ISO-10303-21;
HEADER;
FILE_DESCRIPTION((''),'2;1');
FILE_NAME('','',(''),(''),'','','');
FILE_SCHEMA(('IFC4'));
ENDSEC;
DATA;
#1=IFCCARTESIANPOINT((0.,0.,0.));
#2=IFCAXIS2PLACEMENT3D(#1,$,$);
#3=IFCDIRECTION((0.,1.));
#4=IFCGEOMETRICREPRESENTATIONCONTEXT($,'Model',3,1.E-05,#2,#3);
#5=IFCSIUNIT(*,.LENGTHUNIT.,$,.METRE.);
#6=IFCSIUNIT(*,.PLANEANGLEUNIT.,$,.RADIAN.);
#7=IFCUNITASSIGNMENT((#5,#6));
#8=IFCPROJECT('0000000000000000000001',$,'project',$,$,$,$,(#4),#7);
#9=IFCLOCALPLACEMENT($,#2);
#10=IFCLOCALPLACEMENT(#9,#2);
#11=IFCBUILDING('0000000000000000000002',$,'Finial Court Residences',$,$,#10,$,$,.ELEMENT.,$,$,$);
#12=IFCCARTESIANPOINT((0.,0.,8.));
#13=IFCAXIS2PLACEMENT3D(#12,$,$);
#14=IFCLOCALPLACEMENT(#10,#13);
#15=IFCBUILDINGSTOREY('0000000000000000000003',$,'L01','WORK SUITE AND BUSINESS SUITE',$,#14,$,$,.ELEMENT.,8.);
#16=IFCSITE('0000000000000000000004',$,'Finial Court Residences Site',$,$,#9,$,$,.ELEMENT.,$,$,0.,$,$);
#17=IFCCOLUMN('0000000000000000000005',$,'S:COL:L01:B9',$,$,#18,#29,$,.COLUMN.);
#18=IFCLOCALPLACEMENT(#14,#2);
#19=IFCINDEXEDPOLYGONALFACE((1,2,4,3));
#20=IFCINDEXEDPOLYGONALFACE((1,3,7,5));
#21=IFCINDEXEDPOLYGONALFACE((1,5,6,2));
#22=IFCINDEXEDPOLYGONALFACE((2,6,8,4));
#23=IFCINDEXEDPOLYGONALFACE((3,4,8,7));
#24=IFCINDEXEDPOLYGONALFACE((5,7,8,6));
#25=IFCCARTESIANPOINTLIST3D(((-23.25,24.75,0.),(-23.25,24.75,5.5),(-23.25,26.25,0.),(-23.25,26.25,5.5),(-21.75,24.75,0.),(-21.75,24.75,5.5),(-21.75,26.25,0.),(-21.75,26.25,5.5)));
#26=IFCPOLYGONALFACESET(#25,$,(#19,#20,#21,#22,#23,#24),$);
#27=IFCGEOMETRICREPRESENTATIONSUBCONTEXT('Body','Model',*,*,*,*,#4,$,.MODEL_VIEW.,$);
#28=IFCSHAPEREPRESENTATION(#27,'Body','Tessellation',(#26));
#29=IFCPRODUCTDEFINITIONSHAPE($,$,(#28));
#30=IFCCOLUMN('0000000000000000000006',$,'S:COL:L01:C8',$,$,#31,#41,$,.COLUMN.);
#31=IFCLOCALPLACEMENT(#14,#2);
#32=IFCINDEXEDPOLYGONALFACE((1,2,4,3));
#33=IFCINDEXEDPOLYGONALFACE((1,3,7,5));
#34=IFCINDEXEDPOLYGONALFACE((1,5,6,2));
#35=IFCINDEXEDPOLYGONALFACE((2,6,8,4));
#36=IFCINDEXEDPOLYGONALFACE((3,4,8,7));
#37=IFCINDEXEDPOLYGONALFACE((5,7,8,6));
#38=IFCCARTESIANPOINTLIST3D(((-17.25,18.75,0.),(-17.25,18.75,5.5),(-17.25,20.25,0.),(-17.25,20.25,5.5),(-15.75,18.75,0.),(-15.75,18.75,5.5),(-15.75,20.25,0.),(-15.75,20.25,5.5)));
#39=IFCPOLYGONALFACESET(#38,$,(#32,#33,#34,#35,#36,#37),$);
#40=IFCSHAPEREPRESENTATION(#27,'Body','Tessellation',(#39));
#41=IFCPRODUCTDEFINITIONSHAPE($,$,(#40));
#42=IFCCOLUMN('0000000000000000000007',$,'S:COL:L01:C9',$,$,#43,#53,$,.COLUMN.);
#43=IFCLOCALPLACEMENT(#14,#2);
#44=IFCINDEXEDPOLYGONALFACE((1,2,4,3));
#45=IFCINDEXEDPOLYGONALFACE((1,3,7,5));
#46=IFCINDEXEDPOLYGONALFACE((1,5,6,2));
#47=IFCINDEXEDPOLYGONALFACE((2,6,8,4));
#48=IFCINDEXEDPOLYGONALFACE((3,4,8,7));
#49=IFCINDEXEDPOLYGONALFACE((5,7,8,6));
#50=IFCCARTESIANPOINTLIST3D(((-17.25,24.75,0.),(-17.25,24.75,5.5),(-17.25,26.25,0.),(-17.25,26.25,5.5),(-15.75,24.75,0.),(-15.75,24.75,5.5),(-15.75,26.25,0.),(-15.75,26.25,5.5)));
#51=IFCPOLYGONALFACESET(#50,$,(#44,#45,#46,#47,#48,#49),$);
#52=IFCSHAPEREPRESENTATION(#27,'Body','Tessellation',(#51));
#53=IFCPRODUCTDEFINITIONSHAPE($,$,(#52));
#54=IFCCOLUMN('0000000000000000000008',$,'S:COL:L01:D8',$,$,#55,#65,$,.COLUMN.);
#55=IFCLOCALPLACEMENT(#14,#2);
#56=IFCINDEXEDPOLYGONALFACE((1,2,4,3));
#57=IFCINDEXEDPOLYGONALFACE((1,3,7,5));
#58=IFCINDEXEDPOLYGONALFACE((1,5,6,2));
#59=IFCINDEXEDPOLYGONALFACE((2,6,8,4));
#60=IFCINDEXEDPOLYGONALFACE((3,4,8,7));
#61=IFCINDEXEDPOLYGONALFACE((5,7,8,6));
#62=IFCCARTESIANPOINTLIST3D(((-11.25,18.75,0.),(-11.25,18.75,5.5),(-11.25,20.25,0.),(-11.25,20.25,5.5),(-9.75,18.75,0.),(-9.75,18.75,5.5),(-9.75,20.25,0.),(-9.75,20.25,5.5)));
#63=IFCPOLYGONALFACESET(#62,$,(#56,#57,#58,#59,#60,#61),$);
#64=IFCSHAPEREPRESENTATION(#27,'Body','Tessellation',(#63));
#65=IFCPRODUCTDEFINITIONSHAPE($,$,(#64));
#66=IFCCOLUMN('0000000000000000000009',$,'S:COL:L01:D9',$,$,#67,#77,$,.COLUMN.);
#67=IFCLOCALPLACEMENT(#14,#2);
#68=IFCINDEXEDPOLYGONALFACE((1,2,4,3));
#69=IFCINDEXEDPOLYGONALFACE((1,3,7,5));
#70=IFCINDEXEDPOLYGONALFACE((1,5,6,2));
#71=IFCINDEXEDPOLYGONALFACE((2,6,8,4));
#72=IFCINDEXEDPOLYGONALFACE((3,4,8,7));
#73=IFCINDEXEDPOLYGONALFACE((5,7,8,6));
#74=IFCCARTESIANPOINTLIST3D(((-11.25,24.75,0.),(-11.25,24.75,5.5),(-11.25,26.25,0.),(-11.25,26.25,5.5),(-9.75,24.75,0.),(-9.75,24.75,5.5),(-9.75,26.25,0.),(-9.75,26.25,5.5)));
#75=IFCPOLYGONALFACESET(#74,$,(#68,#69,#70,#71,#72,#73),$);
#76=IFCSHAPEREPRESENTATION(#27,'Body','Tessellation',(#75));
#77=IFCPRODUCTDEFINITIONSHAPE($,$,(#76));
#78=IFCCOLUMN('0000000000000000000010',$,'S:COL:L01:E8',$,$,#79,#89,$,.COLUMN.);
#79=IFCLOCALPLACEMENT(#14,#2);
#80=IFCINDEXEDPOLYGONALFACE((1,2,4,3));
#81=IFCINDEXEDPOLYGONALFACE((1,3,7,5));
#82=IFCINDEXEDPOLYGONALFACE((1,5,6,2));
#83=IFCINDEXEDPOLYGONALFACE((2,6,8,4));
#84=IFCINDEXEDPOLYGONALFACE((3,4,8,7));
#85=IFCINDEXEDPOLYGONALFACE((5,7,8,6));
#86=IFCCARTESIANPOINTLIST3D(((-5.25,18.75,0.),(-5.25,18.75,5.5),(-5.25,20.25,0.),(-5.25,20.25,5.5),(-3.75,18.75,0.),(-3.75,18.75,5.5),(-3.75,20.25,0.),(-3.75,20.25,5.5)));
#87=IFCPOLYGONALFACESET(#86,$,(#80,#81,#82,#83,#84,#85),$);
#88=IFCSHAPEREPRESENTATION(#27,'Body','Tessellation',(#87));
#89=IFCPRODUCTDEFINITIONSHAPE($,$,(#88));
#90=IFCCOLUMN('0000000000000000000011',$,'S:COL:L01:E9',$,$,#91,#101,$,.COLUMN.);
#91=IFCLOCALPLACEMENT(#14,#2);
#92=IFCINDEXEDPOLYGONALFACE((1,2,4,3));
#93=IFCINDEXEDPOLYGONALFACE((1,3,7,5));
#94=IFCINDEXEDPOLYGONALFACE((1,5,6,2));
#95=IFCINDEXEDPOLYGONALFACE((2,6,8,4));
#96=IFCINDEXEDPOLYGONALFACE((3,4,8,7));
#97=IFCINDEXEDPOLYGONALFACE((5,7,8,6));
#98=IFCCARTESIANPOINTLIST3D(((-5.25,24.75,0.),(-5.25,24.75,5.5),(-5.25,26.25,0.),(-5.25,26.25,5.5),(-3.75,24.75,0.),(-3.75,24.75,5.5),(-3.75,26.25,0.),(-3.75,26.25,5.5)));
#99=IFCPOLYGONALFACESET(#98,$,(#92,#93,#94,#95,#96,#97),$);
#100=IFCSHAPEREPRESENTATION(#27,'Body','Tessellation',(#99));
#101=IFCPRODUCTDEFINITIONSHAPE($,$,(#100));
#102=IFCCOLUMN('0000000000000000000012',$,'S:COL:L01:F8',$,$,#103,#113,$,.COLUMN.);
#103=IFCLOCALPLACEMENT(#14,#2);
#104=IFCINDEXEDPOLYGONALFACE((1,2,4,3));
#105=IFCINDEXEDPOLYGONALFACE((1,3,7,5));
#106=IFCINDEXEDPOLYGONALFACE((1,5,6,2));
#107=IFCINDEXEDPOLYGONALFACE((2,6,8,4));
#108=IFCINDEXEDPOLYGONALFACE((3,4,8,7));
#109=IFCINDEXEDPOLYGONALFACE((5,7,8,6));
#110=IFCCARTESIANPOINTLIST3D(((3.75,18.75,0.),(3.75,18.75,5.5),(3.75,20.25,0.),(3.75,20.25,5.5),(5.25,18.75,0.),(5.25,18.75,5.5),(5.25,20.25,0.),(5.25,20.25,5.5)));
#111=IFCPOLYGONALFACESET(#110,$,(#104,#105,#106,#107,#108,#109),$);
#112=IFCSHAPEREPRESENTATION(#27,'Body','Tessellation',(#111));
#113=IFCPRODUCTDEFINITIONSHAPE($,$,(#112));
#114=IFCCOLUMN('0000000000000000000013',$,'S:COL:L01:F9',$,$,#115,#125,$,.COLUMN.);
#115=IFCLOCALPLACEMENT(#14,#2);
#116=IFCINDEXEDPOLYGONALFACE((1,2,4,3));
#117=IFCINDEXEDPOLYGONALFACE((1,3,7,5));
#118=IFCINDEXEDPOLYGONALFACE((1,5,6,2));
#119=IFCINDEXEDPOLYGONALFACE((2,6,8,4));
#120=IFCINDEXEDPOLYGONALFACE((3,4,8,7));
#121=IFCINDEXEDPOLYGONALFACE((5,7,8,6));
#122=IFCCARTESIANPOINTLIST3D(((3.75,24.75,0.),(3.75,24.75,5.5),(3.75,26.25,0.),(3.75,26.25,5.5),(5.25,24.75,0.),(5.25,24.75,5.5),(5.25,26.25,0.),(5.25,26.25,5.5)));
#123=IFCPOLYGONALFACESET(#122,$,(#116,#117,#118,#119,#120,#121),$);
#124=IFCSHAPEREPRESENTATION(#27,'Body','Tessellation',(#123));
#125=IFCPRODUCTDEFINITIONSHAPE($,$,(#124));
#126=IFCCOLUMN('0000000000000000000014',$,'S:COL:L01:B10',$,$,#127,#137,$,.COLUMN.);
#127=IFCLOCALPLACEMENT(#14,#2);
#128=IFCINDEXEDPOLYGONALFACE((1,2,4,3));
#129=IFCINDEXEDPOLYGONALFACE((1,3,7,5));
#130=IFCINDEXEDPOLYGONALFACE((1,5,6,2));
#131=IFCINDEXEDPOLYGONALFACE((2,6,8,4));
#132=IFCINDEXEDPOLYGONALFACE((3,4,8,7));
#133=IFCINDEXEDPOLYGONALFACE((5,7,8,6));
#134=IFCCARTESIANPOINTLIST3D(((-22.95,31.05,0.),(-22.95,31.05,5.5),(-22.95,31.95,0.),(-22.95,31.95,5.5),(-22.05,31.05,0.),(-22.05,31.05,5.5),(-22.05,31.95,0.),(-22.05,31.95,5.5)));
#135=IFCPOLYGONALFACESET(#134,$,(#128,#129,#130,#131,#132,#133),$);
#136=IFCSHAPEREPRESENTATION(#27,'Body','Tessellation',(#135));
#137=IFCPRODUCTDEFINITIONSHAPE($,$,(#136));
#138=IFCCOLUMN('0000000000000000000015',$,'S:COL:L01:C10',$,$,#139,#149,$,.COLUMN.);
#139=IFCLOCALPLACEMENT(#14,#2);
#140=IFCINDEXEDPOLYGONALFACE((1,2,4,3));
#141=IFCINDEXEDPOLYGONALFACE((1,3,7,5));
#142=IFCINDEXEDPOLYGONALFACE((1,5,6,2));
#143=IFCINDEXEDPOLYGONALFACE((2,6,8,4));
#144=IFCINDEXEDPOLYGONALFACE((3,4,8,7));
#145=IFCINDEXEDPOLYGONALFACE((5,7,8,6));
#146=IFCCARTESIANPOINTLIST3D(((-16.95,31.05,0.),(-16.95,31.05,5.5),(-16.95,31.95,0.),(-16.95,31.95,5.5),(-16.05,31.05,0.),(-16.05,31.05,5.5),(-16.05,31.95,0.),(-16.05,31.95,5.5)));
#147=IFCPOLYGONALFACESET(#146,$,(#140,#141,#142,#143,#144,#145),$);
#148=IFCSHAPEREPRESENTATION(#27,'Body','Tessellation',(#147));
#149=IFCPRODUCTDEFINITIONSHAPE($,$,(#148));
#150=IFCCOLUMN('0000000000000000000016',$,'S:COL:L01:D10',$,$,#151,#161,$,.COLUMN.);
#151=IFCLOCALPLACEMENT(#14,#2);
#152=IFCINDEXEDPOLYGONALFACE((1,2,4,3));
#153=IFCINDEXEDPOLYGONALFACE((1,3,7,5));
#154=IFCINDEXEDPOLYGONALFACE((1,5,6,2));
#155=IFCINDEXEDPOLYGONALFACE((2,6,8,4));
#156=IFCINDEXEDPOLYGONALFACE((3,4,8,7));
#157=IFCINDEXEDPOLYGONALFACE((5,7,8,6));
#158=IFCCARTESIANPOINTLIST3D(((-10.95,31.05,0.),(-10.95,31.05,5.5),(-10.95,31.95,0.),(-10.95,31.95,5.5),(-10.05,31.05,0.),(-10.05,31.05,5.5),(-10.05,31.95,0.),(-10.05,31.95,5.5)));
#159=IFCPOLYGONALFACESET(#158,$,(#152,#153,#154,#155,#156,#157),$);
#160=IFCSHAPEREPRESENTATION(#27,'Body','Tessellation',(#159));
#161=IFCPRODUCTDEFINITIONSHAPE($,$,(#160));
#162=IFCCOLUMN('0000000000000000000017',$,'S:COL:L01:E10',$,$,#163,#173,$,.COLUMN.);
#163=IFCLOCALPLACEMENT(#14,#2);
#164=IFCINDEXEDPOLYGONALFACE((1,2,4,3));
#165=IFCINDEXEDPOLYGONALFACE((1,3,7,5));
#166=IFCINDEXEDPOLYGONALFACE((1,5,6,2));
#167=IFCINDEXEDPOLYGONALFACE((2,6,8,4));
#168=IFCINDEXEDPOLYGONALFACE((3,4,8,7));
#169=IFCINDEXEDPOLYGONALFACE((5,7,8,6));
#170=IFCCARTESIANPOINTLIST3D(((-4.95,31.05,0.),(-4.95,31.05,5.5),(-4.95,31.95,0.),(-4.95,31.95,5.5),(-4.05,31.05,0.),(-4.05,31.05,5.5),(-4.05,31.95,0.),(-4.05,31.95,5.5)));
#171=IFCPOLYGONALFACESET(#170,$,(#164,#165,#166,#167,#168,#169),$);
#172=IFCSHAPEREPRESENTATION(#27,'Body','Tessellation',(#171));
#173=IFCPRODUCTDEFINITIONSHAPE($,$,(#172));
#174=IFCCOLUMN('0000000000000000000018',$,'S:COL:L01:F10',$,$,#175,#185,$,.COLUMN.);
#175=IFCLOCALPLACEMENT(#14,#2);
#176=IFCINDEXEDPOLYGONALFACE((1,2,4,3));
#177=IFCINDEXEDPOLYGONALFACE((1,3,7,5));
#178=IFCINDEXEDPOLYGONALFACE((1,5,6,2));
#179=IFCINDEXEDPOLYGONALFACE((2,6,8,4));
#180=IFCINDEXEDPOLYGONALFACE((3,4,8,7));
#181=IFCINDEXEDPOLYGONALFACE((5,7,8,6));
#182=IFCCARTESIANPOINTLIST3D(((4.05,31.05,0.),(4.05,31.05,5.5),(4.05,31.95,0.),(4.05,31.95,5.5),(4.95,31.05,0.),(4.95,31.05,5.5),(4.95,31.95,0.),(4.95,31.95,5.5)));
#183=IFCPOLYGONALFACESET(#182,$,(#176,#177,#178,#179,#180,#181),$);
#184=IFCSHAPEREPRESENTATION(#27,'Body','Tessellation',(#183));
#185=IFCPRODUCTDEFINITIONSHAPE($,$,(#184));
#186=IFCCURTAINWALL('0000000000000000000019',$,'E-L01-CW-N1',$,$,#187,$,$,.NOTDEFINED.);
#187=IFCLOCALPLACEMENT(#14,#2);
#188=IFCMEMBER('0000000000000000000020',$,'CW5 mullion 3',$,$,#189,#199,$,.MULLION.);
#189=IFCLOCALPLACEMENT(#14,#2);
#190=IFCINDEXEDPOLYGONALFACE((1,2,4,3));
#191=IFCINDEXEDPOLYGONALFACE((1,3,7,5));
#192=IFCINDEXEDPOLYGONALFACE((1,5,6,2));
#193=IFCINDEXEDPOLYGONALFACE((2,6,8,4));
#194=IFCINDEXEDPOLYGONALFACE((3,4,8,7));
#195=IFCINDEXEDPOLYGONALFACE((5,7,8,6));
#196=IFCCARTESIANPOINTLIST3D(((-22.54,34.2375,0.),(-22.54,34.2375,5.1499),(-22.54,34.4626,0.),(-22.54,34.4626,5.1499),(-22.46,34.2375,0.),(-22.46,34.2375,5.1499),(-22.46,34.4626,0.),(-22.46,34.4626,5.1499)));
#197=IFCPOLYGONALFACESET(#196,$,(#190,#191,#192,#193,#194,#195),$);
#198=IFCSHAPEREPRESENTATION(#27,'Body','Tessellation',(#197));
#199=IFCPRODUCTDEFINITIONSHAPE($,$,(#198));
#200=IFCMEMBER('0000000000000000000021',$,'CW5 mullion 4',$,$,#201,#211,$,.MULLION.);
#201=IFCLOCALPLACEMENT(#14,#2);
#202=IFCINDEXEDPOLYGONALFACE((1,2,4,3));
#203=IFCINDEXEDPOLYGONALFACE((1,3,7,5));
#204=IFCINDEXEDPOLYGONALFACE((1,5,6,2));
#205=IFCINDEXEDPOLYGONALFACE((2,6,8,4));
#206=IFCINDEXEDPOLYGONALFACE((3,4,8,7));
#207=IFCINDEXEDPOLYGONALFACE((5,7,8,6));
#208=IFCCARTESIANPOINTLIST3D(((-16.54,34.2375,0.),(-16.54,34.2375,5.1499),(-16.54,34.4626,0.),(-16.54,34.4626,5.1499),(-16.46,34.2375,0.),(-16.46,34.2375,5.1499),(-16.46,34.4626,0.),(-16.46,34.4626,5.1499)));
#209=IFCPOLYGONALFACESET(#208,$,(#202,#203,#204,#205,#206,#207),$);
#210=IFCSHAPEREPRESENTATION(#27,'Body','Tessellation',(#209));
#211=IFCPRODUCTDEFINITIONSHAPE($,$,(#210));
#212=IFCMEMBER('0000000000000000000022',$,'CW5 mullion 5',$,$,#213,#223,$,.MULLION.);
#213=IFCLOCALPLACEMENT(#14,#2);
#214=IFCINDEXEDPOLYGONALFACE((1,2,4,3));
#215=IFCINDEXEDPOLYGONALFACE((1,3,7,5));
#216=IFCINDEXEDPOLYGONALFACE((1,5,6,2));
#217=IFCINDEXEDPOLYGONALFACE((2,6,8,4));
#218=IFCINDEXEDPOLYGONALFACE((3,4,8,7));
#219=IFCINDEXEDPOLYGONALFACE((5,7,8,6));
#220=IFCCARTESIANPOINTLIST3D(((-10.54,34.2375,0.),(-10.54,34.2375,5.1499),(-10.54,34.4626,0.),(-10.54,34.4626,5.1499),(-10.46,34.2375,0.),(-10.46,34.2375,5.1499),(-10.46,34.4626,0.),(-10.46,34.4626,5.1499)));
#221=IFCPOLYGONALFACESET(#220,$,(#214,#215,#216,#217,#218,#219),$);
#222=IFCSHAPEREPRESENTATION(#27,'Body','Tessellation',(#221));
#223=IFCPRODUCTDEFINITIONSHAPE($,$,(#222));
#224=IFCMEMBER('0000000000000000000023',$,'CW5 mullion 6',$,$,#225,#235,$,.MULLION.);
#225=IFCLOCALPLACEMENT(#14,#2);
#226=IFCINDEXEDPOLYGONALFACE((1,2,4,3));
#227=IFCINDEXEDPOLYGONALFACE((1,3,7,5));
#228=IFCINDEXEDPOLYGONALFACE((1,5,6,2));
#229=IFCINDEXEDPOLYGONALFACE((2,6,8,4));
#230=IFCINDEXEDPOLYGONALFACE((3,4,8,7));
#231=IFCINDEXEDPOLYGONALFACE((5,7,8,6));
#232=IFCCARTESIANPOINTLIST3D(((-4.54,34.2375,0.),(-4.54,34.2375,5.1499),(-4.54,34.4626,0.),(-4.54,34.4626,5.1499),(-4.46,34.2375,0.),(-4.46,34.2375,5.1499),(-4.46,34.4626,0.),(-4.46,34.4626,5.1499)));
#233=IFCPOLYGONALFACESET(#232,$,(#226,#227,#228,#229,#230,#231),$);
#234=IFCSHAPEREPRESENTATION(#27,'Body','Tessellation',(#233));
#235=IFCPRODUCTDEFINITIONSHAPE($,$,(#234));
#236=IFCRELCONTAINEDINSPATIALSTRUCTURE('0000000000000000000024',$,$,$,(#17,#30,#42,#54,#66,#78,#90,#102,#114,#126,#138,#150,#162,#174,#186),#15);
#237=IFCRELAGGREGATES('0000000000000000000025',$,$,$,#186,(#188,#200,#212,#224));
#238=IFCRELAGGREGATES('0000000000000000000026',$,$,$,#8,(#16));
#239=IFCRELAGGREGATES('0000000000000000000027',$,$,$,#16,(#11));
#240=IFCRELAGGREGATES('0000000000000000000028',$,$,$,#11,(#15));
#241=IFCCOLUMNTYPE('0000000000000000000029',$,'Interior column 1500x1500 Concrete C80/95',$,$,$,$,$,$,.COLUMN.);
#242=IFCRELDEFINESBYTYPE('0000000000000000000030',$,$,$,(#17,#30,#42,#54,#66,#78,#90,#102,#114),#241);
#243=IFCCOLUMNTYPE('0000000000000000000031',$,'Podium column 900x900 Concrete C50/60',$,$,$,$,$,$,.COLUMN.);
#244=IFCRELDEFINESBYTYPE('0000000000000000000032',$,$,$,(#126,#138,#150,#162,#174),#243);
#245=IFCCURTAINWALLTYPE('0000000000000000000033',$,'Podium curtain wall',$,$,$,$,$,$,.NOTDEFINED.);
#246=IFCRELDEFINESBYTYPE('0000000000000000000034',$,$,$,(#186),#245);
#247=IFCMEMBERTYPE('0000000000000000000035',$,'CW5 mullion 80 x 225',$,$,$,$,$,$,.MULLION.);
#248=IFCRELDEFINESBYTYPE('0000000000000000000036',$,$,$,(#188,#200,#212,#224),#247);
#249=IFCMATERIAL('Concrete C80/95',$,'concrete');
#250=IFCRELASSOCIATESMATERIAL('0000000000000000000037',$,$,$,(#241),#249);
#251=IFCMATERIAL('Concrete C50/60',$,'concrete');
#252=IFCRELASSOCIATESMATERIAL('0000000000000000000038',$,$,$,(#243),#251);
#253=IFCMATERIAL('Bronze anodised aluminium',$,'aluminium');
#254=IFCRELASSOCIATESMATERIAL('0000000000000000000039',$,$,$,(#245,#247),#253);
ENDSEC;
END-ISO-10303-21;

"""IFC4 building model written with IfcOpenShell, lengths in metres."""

from ifc_helpers import new_model, si_unit, direction, frame, origin, origin_2d, place, context, subcontext, project, spatial, rectangle, extrude, material, material_profile, profile_set, type_object, element, aggregate, save


model = new_model("IFC4")

# Units and contexts
model_context = context("Model", 3, precision=1e-05, world=origin(), true_north=direction((0.0, 1.0)))
body_context = subcontext(model_context, "Body", "Model", "MODEL_VIEW")
ifc_project = project(units=[si_unit("LENGTHUNIT", "METRE"), si_unit("PLANEANGLEUNIT", "RADIAN")], contexts=[model_context])

# Site, building, storey
site_placement = place(None, origin())
site = spatial("IfcSite", under=ifc_project, at=site_placement, Name="Finial Court Residences Site", CompositionType="ELEMENT", RefElevation=0.0)
building_placement = place(site_placement, origin())
building = spatial("IfcBuilding", under=site, at=building_placement, Name="Finial Court Residences", CompositionType="ELEMENT")
storey_placement = place(building_placement, frame((0.0, 0.0, 8.0)))
storey = spatial("IfcBuildingStorey", under=building, at=storey_placement, Name="L01", Description="WORK SUITE AND BUSINESS SUITE", CompositionType="ELEMENT", Elevation=8.0)

# Columns
ifc_material_1 = material(Name="Concrete C80/95", Category="concrete")
ifc_material_profile_1 = material_profile(ifc_material_1, rectangle(XDim=1.5, YDim=1.5, at=origin_2d()), Name="1500x1500")
ifc_profile_set_1 = profile_set([ifc_material_profile_1], Name="Concrete C80/95")
column_type_1 = type_object("IfcColumnType", Name="Interior column 1500x1500 Concrete C80/95", PredefinedType="COLUMN", material=ifc_profile_set_1)
for number, where, z_axis, x_axis, name in (
    (1, (-22.5, 25.5, 0.0), (0.0, 0.0, 1.0), (1.0, 0.0, 0.0), "S:COL:L01:B9"),
    (2, (-16.5, 19.5, 0.0), (0.0, 0.0, 1.0), (1.0, 0.0, 0.0), "S:COL:L01:C8"),
    (3, (-16.5, 25.5, 0.0), (0.0, 0.0, 1.0), (1.0, 0.0, 0.0), "S:COL:L01:C9"),
    (4, (-10.5, 19.5, 0.0), (0.0, 0.0, 1.0), (1.0, 0.0, 0.0), "S:COL:L01:D8"),
    (5, (-10.5, 25.5, 0.0), (0.0, 0.0, 1.0), (1.0, 0.0, 0.0), "S:COL:L01:D9"),
    (6, (-4.5, 19.5, 0.0), (0.0, 0.0, 1.0), (1.0, 0.0, 0.0), "S:COL:L01:E8"),
    (7, (-4.5, 25.5, 0.0), (0.0, 0.0, 1.0), (1.0, 0.0, 0.0), "S:COL:L01:E9"),
    (8, (4.5, 19.5, 0.0), (0.0, 0.0, 1.0), (1.0, 0.0, 0.0), "S:COL:L01:F8"),
    (9, (4.5, 25.5, 0.0), (0.0, 0.0, 1.0), (1.0, 0.0, 0.0), "S:COL:L01:F9"),
):
    element("IfcColumn", number, at=place(storey_placement, frame(where, z_axis=z_axis, x_axis=x_axis)), inside=storey, type_object=column_type_1, Name=name, PredefinedType="COLUMN", context=body_context, shape_type="SweptSolid", body=[
        extrude(rectangle(XDim=1.5, YDim=1.5, at=origin_2d()), origin(), (0.0, 0.0, 1.0), 5.5),
    ])
ifc_material_2 = material(Name="Concrete C50/60", Category="concrete")
ifc_material_profile_2 = material_profile(ifc_material_2, rectangle(XDim=0.8999, YDim=0.8999, at=origin_2d()), Name="900x900")
ifc_profile_set_2 = profile_set([ifc_material_profile_2], Name="Concrete C50/60")
column_type_2 = type_object("IfcColumnType", Name="Podium column 900x900 Concrete C50/60", PredefinedType="COLUMN", material=ifc_profile_set_2)
for number, where, z_axis, x_axis, name in (
    (10, (-22.5, 31.5, 0.0), (0.0, 0.0, 1.0), (1.0, 0.0, 0.0), "S:COL:L01:B10"),
    (11, (-16.5, 31.5, 0.0), (0.0, 0.0, 1.0), (1.0, 0.0, 0.0), "S:COL:L01:C10"),
    (12, (-10.5, 31.5, 0.0), (0.0, 0.0, 1.0), (1.0, 0.0, 0.0), "S:COL:L01:D10"),
    (13, (-4.5, 31.5, 0.0), (0.0, 0.0, 1.0), (1.0, 0.0, 0.0), "S:COL:L01:E10"),
    (14, (4.5, 31.5, 0.0), (0.0, 0.0, 1.0), (1.0, 0.0, 0.0), "S:COL:L01:F10"),
):
    element("IfcColumn", number, at=place(storey_placement, frame(where, z_axis=z_axis, x_axis=x_axis)), inside=storey, type_object=column_type_2, Name=name, PredefinedType="COLUMN", context=body_context, shape_type="SweptSolid", body=[
        extrude(rectangle(XDim=0.8999, YDim=0.8999, at=origin_2d()), origin(), (0.0, 0.0, 1.0), 5.5),
    ])

# Curtain wall, members
ifc_material_3 = material(Name="Bronze anodised aluminium", Category="aluminium")
curtain_wall_type = type_object("IfcCurtainWallType", Name="Podium curtain wall", PredefinedType="NOTDEFINED", material=ifc_material_3)
curtain_wall_placement = place(storey_placement, origin())
curtain_wall = element("IfcCurtainWall", 15, at=curtain_wall_placement, inside=storey, type_object=curtain_wall_type, Name="E-L01-CW-N1", PredefinedType="NOTDEFINED")
ifc_material_profile_3 = material_profile(ifc_material_3, rectangle(XDim=0.2251, YDim=0.0801, at=origin_2d()), Name="CW5 mullion 80 x 225")
ifc_profile_set_3 = profile_set([ifc_material_profile_3], Name="Bronze anodised aluminium")
member_type_1 = type_object("IfcMemberType", Name="CW5 mullion 80 x 225", PredefinedType="MULLION", material=ifc_profile_set_3)
member_1_placement = place(storey_placement, frame((-22.5, 34.3501, 0.0), z_axis=(0.0, 0.0, 1.0), x_axis=(0.0, 1.0, 0.0)))
member_1 = element("IfcMember", 16, at=member_1_placement, type_object=member_type_1, Name="CW5 mullion 3", PredefinedType="MULLION", context=body_context, shape_type="SweptSolid", body=[
    extrude(rectangle(XDim=0.2251, YDim=0.0801, at=origin_2d()), origin(), (0.0, 0.0, 1.0), 5.1499),
])
member_2_placement = place(storey_placement, frame((-16.5, 34.3501, 0.0), z_axis=(0.0, 0.0, 1.0), x_axis=(0.0, 1.0, 0.0)))
member_2 = element("IfcMember", 17, at=member_2_placement, type_object=member_type_1, Name="CW5 mullion 4", PredefinedType="MULLION", context=body_context, shape_type="SweptSolid", body=[
    extrude(rectangle(XDim=0.2251, YDim=0.0801, at=origin_2d()), origin(), (0.0, 0.0, 1.0), 5.1499),
])
member_3_placement = place(storey_placement, frame((-10.5, 34.3501, 0.0), z_axis=(0.0, 0.0, 1.0), x_axis=(0.0, 1.0, 0.0)))
member_3 = element("IfcMember", 18, at=member_3_placement, type_object=member_type_1, Name="CW5 mullion 5", PredefinedType="MULLION", context=body_context, shape_type="SweptSolid", body=[
    extrude(rectangle(XDim=0.2251, YDim=0.0801, at=origin_2d()), origin(), (0.0, 0.0, 1.0), 5.1499),
])
member_4_placement = place(storey_placement, frame((-4.5, 34.3501, 0.0), z_axis=(0.0, 0.0, 1.0), x_axis=(0.0, 1.0, 0.0)))
member_4 = element("IfcMember", 19, at=member_4_placement, type_object=member_type_1, Name="CW5 mullion 6", PredefinedType="MULLION", context=body_context, shape_type="SweptSolid", body=[
    extrude(rectangle(XDim=0.2251, YDim=0.0801, at=origin_2d()), origin(), (0.0, 0.0, 1.0), 5.1499),
])
aggregate(curtain_wall, [member_1, member_2, member_3, member_4])

save(model, "model.ifc")
